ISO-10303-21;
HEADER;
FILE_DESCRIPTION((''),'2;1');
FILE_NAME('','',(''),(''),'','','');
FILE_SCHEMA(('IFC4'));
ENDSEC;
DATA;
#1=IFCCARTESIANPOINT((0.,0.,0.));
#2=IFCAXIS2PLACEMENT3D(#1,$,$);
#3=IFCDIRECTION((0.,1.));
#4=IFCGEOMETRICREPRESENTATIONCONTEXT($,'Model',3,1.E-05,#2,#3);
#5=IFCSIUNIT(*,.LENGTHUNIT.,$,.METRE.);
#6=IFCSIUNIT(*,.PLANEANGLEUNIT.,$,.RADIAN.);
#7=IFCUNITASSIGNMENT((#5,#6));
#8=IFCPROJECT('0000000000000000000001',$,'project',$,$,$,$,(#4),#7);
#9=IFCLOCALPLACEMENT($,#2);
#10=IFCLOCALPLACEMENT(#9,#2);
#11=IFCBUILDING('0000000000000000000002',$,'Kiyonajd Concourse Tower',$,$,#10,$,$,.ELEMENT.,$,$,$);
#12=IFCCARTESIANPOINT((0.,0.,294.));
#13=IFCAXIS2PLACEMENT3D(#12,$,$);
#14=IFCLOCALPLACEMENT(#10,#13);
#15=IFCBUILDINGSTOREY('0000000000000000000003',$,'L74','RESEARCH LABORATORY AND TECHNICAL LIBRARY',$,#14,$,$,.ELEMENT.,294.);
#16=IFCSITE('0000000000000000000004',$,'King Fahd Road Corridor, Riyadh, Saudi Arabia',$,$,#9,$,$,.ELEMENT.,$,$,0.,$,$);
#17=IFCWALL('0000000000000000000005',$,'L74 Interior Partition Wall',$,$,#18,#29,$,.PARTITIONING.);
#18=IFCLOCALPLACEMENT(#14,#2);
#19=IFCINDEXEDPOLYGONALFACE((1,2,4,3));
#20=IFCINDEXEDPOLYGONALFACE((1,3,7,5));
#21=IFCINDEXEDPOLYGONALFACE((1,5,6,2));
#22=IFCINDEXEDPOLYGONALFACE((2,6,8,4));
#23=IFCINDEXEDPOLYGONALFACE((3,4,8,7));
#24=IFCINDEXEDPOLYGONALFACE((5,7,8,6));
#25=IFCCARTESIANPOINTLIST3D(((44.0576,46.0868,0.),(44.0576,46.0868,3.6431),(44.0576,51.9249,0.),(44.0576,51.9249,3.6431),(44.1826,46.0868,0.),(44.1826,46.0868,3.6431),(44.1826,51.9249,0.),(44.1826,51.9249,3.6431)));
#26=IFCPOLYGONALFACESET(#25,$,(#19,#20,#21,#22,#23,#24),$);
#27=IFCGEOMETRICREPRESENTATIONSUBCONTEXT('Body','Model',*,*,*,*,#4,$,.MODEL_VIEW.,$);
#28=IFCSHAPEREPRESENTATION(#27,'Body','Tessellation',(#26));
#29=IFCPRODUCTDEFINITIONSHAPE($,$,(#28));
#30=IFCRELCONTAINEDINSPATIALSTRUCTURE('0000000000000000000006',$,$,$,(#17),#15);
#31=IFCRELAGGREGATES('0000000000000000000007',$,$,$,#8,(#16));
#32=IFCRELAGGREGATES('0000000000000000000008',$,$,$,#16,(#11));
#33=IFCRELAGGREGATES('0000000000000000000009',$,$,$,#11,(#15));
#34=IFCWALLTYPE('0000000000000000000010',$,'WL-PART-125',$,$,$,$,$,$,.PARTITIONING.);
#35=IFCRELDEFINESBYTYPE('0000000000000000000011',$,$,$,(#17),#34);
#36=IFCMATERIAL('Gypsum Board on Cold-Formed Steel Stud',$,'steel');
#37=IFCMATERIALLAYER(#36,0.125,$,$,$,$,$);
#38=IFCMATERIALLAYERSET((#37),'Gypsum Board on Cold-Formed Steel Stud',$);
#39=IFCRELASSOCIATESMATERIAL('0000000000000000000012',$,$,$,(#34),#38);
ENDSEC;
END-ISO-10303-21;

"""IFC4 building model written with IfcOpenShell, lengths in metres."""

from ifc_helpers import new_model, si_unit, direction, frame, frame_2d, origin, place, context, subcontext, project, spatial, rectangle, extrude, material, layer, layer_set, type_object, element, save


model = new_model("IFC4")

# Units and contexts
model_context = context("Model", 3, precision=1e-05, world=origin(), true_north=direction((0.0, 1.0)))
body_context = subcontext(model_context, "Body", "Model", "MODEL_VIEW")
ifc_project = project(units=[si_unit("LENGTHUNIT", "METRE"), si_unit("PLANEANGLEUNIT", "RADIAN")], contexts=[model_context])

# Site, building, storey
site_placement = place(None, origin())
site = spatial("IfcSite", under=ifc_project, at=site_placement, Name="King Fahd Road Corridor, Riyadh, Saudi Arabia", CompositionType="ELEMENT", RefElevation=0.0)
building_placement = place(site_placement, origin())
building = spatial("IfcBuilding", under=site, at=building_placement, Name="Kiyonajd Concourse Tower", CompositionType="ELEMENT")
storey_placement = place(building_placement, frame((0.0, 0.0, 294.0)))
storey = spatial("IfcBuildingStorey", under=building, at=storey_placement, Name="L74", Description="RESEARCH LABORATORY AND TECHNICAL LIBRARY", CompositionType="ELEMENT", Elevation=294.0)

# Wall
ifc_material_1 = material(Name="Gypsum Board on Cold-Formed Steel Stud", Category="steel")
ifc_layer_1 = layer(ifc_material_1, 0.125)
ifc_layer_set_1 = layer_set([ifc_layer_1], Name="Gypsum Board on Cold-Formed Steel Stud")
wall_type_1 = type_object("IfcWallType", Name="WL-PART-125", PredefinedType="PARTITIONING", material=ifc_layer_set_1)
wall_1_placement = place(storey_placement, frame((44.1201, 46.0869, 0.0), z_axis=(0.0, 0.0, 1.0), x_axis=(0.0, 1.0, 0.0)))
element("IfcWall", 1, at=wall_1_placement, inside=storey, type_object=wall_type_1, Name="L74 Interior Partition Wall", PredefinedType="PARTITIONING", context=body_context, shape_type="SweptSolid", body=[
    extrude(rectangle(XDim=5.8381, YDim=0.125, at=frame_2d((2.9189, 0.0))), origin(), (0.0, 0.0, 1.0), 3.6431),
])

save(model, "model.ifc")
